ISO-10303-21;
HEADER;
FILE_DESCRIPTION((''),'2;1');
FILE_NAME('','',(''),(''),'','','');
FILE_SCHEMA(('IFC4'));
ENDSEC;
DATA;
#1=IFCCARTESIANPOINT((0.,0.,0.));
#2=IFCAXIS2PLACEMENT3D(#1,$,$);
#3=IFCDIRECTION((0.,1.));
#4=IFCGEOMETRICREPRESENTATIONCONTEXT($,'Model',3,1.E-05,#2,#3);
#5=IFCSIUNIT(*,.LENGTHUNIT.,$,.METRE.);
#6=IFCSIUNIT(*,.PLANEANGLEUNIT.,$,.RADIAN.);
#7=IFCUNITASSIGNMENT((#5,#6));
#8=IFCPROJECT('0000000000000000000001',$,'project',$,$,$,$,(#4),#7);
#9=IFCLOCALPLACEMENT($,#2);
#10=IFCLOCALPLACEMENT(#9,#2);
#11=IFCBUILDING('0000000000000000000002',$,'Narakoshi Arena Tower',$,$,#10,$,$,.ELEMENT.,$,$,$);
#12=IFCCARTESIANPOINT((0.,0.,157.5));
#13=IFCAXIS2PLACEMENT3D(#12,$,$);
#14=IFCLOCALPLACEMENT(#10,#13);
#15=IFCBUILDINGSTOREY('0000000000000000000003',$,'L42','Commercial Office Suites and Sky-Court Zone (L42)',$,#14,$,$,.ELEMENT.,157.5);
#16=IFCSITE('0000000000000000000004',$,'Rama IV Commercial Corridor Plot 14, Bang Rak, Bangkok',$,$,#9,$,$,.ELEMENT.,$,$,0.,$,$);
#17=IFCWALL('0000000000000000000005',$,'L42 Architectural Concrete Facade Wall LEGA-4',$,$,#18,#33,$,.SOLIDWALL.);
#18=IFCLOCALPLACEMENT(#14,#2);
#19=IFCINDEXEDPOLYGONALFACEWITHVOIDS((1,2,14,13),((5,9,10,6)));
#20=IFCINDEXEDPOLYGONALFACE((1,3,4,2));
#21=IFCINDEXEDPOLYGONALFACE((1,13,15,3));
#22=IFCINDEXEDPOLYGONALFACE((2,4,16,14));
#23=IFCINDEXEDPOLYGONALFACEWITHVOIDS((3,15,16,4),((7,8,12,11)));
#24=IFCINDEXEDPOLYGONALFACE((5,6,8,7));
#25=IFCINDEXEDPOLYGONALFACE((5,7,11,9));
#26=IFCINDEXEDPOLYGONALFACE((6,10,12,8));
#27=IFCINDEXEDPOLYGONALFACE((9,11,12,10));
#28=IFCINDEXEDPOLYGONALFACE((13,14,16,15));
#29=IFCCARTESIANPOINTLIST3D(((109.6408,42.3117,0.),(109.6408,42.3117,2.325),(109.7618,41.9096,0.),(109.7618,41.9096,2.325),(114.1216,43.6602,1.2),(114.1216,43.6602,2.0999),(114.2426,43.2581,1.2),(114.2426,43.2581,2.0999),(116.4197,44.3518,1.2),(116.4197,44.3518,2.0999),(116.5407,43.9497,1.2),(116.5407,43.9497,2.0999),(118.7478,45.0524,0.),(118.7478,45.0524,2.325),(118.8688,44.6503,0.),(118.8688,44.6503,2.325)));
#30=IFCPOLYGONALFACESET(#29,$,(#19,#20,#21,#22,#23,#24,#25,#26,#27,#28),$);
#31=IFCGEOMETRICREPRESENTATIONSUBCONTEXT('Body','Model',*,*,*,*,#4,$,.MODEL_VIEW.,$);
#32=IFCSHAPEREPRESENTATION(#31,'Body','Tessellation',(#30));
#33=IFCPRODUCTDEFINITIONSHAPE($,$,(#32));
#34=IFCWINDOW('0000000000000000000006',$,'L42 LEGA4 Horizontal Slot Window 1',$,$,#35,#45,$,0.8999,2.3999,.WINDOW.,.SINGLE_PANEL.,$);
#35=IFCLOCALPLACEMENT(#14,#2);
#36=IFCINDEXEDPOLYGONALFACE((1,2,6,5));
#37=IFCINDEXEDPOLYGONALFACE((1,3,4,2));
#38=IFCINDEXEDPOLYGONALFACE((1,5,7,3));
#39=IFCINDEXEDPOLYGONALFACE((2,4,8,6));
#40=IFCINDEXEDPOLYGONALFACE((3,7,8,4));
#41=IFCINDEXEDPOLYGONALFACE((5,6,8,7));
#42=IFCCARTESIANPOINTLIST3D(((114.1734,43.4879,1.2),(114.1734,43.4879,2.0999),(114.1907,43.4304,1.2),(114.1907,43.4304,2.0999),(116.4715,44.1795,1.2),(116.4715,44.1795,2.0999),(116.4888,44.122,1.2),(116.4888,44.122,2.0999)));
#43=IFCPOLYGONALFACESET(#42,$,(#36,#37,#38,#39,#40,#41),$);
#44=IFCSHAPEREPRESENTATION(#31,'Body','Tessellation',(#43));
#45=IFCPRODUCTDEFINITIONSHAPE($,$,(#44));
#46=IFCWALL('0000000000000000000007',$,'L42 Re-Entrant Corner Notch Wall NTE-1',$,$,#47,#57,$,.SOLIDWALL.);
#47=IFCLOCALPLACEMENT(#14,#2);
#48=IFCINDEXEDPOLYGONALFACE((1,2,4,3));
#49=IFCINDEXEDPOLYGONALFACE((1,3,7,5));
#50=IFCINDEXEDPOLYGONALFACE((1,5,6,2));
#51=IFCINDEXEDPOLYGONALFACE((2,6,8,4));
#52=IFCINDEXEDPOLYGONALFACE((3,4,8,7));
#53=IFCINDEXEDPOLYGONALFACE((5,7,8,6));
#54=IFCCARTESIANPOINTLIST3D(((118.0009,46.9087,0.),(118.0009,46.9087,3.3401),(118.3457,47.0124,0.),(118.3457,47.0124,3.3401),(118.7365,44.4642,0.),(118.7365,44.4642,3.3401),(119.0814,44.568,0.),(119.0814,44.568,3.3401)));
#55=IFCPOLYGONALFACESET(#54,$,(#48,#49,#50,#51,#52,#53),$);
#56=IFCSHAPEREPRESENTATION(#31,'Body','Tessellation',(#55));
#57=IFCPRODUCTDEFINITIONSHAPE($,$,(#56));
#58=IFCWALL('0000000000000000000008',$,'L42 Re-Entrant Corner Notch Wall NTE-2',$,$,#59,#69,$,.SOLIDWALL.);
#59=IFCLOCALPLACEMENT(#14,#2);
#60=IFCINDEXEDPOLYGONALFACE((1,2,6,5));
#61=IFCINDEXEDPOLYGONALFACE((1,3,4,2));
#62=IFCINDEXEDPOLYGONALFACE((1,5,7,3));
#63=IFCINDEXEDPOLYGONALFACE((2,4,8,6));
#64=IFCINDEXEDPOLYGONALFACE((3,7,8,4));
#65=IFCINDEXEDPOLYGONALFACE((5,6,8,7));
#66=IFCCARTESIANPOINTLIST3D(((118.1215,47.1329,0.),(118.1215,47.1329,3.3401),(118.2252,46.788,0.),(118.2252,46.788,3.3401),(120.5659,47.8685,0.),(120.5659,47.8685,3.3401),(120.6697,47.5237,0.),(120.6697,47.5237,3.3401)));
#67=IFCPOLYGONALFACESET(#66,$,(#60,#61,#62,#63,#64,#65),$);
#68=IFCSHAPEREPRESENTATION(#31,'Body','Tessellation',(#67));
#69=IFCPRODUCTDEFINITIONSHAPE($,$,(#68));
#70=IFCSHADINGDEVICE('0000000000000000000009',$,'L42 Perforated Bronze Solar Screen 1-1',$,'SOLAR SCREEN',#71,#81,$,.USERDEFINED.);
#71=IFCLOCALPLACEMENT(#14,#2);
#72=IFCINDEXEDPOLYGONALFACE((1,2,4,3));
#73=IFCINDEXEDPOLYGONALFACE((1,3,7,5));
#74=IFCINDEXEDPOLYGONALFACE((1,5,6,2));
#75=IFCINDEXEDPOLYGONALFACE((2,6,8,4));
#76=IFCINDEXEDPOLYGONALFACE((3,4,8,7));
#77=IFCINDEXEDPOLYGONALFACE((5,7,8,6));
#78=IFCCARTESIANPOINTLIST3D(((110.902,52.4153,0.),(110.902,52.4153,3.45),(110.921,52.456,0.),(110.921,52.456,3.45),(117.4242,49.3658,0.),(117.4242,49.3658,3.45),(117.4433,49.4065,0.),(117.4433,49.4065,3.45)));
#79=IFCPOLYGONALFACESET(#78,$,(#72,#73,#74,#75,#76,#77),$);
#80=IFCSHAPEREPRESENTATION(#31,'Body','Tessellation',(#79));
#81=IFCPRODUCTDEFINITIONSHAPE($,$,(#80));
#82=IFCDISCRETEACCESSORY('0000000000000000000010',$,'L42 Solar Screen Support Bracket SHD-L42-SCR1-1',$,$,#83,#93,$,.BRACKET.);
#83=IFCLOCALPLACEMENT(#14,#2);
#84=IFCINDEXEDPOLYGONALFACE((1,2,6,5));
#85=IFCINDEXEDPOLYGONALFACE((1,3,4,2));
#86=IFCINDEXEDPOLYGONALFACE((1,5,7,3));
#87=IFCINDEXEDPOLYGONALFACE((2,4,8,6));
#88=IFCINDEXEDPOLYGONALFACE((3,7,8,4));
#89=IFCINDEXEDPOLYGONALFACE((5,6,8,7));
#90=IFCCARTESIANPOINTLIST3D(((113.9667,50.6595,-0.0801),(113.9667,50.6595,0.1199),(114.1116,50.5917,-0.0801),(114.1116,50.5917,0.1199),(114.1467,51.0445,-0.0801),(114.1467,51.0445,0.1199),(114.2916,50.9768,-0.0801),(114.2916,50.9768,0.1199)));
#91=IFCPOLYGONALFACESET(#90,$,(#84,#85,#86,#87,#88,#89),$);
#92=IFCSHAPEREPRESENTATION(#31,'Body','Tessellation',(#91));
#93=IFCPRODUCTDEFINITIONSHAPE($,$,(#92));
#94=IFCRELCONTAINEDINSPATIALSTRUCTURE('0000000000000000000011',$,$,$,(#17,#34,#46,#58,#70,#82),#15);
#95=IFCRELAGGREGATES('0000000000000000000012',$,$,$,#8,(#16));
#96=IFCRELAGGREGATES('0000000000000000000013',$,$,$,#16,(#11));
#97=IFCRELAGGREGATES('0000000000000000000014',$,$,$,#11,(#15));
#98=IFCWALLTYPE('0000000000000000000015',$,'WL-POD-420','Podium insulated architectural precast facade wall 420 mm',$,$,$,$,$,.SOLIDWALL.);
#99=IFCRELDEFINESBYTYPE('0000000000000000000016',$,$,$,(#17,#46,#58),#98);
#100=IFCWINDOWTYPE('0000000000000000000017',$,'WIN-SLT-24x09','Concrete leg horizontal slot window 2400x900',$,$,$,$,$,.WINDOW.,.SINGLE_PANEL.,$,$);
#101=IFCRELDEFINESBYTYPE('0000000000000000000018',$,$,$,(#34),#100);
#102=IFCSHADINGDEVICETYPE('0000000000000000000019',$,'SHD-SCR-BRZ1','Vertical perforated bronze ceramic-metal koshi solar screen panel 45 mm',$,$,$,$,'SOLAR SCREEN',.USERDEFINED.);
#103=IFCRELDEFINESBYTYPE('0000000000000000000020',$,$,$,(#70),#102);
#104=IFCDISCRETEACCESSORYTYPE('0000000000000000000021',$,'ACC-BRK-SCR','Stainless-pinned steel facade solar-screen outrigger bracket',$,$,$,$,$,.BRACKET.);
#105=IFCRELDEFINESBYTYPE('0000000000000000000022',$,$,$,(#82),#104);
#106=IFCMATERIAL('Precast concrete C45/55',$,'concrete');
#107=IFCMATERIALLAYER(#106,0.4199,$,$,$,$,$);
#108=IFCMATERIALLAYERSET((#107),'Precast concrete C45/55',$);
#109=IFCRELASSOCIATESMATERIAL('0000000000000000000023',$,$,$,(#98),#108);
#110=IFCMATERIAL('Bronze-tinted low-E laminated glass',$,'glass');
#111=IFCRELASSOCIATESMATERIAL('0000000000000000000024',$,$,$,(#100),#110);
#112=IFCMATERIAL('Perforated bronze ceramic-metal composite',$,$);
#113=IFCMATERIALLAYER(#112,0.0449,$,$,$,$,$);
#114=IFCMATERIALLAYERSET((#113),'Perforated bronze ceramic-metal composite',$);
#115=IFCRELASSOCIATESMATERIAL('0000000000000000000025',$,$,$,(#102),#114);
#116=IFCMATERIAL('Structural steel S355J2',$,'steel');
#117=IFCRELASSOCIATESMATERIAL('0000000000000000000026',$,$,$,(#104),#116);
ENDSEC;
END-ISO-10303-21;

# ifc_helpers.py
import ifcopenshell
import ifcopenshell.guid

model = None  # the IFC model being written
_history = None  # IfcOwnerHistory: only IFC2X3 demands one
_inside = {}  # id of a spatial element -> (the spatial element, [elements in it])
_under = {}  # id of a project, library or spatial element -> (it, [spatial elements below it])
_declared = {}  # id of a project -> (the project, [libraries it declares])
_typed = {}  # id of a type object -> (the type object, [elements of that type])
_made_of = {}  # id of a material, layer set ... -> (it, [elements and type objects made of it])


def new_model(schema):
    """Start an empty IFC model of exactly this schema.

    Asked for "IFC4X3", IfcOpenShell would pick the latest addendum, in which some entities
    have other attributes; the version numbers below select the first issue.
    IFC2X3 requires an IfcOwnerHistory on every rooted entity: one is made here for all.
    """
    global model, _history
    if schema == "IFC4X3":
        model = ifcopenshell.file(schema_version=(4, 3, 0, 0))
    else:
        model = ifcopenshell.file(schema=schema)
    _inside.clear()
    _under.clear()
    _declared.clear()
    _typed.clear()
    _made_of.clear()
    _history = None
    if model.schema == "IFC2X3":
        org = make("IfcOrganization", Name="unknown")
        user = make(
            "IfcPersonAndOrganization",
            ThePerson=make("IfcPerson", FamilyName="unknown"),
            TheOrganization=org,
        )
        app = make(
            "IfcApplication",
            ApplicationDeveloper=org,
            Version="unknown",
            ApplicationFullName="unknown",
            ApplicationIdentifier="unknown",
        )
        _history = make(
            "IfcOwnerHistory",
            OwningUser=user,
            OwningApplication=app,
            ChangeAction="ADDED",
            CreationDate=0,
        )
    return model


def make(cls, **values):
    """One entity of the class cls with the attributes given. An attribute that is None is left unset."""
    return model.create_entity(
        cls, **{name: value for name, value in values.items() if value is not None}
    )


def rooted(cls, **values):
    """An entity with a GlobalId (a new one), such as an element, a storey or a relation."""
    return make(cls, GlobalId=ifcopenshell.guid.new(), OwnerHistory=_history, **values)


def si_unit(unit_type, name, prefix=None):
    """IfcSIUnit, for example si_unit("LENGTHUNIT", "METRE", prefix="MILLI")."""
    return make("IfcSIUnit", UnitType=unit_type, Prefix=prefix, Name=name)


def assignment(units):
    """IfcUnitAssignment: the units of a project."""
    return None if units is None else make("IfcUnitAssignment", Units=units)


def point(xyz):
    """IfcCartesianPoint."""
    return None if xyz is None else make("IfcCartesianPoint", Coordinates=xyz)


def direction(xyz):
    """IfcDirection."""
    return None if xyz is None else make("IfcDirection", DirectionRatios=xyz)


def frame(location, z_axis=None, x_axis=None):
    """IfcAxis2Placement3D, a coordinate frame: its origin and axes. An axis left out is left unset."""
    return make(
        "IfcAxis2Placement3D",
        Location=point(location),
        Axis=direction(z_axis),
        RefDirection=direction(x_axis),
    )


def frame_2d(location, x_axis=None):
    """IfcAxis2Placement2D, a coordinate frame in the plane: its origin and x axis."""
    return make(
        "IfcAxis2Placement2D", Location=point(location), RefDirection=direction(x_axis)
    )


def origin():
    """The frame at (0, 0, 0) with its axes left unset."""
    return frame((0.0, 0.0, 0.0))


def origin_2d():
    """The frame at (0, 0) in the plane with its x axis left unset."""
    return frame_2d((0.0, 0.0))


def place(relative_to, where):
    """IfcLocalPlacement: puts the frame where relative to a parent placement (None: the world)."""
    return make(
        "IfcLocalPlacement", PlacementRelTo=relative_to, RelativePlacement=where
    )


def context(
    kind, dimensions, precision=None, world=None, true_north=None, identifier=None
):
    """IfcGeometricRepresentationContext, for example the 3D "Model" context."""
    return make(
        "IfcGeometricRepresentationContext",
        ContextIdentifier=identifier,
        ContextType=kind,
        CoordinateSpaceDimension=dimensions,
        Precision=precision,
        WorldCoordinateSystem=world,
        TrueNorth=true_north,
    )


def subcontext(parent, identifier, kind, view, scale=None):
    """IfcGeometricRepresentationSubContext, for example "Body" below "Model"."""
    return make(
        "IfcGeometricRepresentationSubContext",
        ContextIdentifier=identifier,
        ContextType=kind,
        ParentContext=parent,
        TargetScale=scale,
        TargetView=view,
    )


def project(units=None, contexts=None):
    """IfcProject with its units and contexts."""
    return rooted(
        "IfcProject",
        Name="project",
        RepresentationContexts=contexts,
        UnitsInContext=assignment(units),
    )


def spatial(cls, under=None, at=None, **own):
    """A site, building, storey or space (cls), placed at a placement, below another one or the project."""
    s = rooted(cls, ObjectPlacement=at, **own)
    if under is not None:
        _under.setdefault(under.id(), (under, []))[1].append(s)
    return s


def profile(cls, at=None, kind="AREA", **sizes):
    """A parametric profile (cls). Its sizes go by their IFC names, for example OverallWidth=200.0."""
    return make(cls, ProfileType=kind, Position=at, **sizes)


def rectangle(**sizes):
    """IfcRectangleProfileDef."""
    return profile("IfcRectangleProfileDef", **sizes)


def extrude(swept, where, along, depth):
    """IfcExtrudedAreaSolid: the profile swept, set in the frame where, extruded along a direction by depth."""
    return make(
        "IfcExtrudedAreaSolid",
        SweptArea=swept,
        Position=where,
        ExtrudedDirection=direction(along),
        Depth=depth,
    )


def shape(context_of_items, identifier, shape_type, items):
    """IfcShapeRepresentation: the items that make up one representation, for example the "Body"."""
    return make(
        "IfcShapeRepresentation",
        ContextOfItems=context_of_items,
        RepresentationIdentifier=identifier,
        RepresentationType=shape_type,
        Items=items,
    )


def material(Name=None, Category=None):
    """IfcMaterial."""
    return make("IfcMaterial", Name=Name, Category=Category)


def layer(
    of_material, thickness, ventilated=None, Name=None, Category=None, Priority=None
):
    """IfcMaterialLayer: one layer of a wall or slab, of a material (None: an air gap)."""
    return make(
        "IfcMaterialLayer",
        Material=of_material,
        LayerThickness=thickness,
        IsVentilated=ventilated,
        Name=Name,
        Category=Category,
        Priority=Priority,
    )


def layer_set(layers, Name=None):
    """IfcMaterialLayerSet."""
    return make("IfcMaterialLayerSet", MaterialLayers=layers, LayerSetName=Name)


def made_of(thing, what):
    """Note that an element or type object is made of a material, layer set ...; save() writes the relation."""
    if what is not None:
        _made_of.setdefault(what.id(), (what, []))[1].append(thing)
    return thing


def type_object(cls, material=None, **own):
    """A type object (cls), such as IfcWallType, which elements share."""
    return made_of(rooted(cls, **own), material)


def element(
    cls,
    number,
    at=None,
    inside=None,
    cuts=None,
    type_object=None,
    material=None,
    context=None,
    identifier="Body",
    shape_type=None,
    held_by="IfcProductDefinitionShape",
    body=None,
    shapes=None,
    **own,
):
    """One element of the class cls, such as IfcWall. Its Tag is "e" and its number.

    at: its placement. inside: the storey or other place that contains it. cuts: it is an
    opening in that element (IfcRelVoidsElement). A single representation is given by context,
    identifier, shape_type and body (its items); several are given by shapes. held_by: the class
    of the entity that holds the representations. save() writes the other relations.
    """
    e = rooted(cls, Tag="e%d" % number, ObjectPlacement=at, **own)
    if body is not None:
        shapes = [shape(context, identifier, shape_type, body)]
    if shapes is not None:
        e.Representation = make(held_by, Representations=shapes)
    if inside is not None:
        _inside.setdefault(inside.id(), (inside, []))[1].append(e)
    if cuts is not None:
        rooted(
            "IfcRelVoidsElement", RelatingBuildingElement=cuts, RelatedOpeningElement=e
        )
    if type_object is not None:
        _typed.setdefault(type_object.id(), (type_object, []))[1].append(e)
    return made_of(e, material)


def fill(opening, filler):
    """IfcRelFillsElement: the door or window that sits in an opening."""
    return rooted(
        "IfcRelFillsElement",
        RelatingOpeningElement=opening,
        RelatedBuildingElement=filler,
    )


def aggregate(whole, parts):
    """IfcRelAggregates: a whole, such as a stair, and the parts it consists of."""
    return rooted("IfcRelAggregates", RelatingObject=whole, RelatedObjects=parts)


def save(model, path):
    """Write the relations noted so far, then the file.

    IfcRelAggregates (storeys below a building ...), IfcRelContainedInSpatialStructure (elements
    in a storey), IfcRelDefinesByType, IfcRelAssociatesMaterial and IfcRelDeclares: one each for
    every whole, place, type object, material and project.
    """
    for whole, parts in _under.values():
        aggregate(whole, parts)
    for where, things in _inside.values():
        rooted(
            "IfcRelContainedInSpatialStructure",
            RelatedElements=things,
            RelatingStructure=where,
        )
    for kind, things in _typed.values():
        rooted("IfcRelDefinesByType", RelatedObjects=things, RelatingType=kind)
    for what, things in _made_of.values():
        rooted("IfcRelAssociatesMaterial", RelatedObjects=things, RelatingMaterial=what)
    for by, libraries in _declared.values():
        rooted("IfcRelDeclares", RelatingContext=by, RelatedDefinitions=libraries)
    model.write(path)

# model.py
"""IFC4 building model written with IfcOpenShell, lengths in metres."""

from ifc_helpers import new_model, si_unit, direction, frame, frame_2d, origin, origin_2d, place, context, subcontext, project, spatial, rectangle, extrude, material, layer, layer_set, type_object, element, fill, save


model = new_model("IFC4")

# Units and contexts
model_context = context("Model", 3, precision=1e-05, world=origin(), true_north=direction((0.0, 1.0)))
body_context = subcontext(model_context, "Body", "Model", "MODEL_VIEW")
ifc_project = project(units=[si_unit("LENGTHUNIT", "METRE"), si_unit("PLANEANGLEUNIT", "RADIAN")], contexts=[model_context])

# Site, building, storey
site_placement = place(None, origin())
site = spatial("IfcSite", under=ifc_project, at=site_placement, Name="Rama IV Commercial Corridor Plot 14, Bang Rak, Bangkok", CompositionType="ELEMENT", RefElevation=0.0)
building_placement = place(site_placement, origin())
building = spatial("IfcBuilding", under=site, at=building_placement, Name="Narakoshi Arena Tower", CompositionType="ELEMENT")
storey_placement = place(building_placement, frame((0.0, 0.0, 157.5)))
storey = spatial("IfcBuildingStorey", under=building, at=storey_placement, Name="L42", Description="Commercial Office Suites and Sky-Court Zone (L42)", CompositionType="ELEMENT", Elevation=157.5)

# Shared definitions
ifc_material_1 = material(Name="Structural steel S355J2", Category="steel")

# Shared definitions
ifc_material_2 = material(Name="Bronze-tinted low-E laminated glass", Category="glass")

# Shared definitions
ifc_material_3 = material(Name="Precast concrete C45/55", Category="concrete")

# Wall, opening, window
ifc_layer_1 = layer(ifc_material_3, 0.4199)
ifc_layer_set_1 = layer_set([ifc_layer_1], Name="Precast concrete C45/55")
wall_type_1 = type_object("IfcWallType", Name="WL-POD-420", Description="Podium insulated architectural precast facade wall 420 mm", PredefinedType="SOLIDWALL", material=ifc_layer_set_1)
wall_1_placement = place(storey_placement, frame((109.7012, 42.1106, 0.0), z_axis=(0.0, 0.0, 1.0), x_axis=(0.957576, 0.288181, 0.0)))
wall_1 = element("IfcWall", 1, at=wall_1_placement, inside=storey, type_object=wall_type_1, Name="L42 Architectural Concrete Facade Wall LEGA-4", PredefinedType="SOLIDWALL", context=body_context, shape_type="SweptSolid", body=[
    extrude(rectangle(XDim=9.5105, YDim=0.4199, at=frame_2d((4.7554, 0.0))), origin(), (0.0, 0.0, 1.0), 2.325),
])
opening_placement = place(wall_1_placement, frame((4.6794, 0.0, 1.2)))
opening = element("IfcOpeningElement", 2, at=opening_placement, cuts=wall_1, PredefinedType="OPENING", context=body_context, shape_type="SweptSolid", body=[
    extrude(rectangle(XDim=2.3999, YDim=0.8999, at=frame_2d((1.2, 0.45))), frame((0.0, 0.22, 0.0), z_axis=(0.0, -1.0, 0.0), x_axis=(1.0, 0.0, 0.0)), (0.0, 0.0, 1.0), 0.4399),
])
window_type = type_object("IfcWindowType", Name="WIN-SLT-24x09", Description="Concrete leg horizontal slot window 2400x900", PartitioningType="SINGLE_PANEL", PredefinedType="WINDOW", material=ifc_material_2)
window_placement = place(opening_placement, origin())
window = element("IfcWindow", 3, at=window_placement, inside=storey, type_object=window_type, Name="L42 LEGA4 Horizontal Slot Window 1", OverallHeight=0.8999, OverallWidth=2.3999, PartitioningType="SINGLE_PANEL", PredefinedType="WINDOW", context=body_context, shape_type="SweptSolid", body=[
    extrude(rectangle(XDim=2.3999, YDim=0.8999, at=frame_2d((1.2, 0.45))), frame((0.0, 0.03, 0.0), z_axis=(0.0, -1.0, 0.0), x_axis=(1.0, 0.0, 0.0)), (0.0, 0.0, 1.0), 0.0601),
])
fill(opening, window)

# Walls
for number, where, z_axis, x_axis, name in (
    (4, (118.9089, 44.5161, 0.0), (0.0, 0.0, 1.0), (-0.288173, 0.957578, 0.0), "L42 Re-Entrant Corner Notch Wall NTE-1"),
    (5, (118.1733, 46.9604, 0.0), (0.0, 0.0, 1.0), (0.957578, 0.288173, 0.0), "L42 Re-Entrant Corner Notch Wall NTE-2"),
):
    element("IfcWall", number, at=place(storey_placement, frame(where, z_axis=z_axis, x_axis=x_axis)), inside=storey, type_object=wall_type_1, Name=name, PredefinedType="SOLIDWALL", context=body_context, shape_type="SweptSolid", body=[
        extrude(rectangle(XDim=2.5527, YDim=0.3601, at=frame_2d((1.2764, 0.0))), origin(), (0.0, 0.0, 1.0), 3.3401),
    ])

# Shading device
ifc_material_4 = material(Name="Perforated bronze ceramic-metal composite")
ifc_layer_2 = layer(ifc_material_4, 0.0449)
ifc_layer_set_2 = layer_set([ifc_layer_2], Name="Perforated bronze ceramic-metal composite")
shading_device_type = type_object("IfcShadingDeviceType", Name="SHD-SCR-BRZ1", Description="Vertical perforated bronze ceramic-metal koshi solar screen panel 45 mm", ElementType="SOLAR SCREEN", PredefinedType="USERDEFINED", material=ifc_layer_set_2)
shading_device_placement = place(storey_placement, frame((114.1726, 50.9109, 0.0), z_axis=(0.0, 0.0, 1.0), x_axis=(-0.90588, 0.423535, 0.0)))
element("IfcShadingDevice", 6, at=shading_device_placement, inside=storey, type_object=shading_device_type, Name="L42 Perforated Bronze Solar Screen 1-1", ObjectType="SOLAR SCREEN", PredefinedType="USERDEFINED", context=body_context, shape_type="SweptSolid", body=[
    extrude(rectangle(XDim=7.2, YDim=0.0449, at=origin_2d()), origin(), (0.0, 0.0, 1.0), 3.45),
])

# Discrete accessory
discrete_accessory_type = type_object("IfcDiscreteAccessoryType", Name="ACC-BRK-SCR", Description="Stainless-pinned steel facade solar-screen outrigger bracket", PredefinedType="BRACKET", material=ifc_material_1)
discrete_accessory_placement = place(storey_placement, frame((114.1292, 50.8181, -0.0801), z_axis=(0.0, 0.0, 1.0), x_axis=(-0.90588, 0.423535, 0.0)))
element("IfcDiscreteAccessory", 7, at=discrete_accessory_placement, inside=storey, type_object=discrete_accessory_type, Name="L42 Solar Screen Support Bracket SHD-L42-SCR1-1", PredefinedType="BRACKET", context=body_context, shape_type="SweptSolid", body=[
    extrude(rectangle(XDim=0.1599, YDim=0.425, at=origin_2d()), origin(), (0.0, 0.0, 1.0), 0.2),
])

save(model, "model.ifc")
